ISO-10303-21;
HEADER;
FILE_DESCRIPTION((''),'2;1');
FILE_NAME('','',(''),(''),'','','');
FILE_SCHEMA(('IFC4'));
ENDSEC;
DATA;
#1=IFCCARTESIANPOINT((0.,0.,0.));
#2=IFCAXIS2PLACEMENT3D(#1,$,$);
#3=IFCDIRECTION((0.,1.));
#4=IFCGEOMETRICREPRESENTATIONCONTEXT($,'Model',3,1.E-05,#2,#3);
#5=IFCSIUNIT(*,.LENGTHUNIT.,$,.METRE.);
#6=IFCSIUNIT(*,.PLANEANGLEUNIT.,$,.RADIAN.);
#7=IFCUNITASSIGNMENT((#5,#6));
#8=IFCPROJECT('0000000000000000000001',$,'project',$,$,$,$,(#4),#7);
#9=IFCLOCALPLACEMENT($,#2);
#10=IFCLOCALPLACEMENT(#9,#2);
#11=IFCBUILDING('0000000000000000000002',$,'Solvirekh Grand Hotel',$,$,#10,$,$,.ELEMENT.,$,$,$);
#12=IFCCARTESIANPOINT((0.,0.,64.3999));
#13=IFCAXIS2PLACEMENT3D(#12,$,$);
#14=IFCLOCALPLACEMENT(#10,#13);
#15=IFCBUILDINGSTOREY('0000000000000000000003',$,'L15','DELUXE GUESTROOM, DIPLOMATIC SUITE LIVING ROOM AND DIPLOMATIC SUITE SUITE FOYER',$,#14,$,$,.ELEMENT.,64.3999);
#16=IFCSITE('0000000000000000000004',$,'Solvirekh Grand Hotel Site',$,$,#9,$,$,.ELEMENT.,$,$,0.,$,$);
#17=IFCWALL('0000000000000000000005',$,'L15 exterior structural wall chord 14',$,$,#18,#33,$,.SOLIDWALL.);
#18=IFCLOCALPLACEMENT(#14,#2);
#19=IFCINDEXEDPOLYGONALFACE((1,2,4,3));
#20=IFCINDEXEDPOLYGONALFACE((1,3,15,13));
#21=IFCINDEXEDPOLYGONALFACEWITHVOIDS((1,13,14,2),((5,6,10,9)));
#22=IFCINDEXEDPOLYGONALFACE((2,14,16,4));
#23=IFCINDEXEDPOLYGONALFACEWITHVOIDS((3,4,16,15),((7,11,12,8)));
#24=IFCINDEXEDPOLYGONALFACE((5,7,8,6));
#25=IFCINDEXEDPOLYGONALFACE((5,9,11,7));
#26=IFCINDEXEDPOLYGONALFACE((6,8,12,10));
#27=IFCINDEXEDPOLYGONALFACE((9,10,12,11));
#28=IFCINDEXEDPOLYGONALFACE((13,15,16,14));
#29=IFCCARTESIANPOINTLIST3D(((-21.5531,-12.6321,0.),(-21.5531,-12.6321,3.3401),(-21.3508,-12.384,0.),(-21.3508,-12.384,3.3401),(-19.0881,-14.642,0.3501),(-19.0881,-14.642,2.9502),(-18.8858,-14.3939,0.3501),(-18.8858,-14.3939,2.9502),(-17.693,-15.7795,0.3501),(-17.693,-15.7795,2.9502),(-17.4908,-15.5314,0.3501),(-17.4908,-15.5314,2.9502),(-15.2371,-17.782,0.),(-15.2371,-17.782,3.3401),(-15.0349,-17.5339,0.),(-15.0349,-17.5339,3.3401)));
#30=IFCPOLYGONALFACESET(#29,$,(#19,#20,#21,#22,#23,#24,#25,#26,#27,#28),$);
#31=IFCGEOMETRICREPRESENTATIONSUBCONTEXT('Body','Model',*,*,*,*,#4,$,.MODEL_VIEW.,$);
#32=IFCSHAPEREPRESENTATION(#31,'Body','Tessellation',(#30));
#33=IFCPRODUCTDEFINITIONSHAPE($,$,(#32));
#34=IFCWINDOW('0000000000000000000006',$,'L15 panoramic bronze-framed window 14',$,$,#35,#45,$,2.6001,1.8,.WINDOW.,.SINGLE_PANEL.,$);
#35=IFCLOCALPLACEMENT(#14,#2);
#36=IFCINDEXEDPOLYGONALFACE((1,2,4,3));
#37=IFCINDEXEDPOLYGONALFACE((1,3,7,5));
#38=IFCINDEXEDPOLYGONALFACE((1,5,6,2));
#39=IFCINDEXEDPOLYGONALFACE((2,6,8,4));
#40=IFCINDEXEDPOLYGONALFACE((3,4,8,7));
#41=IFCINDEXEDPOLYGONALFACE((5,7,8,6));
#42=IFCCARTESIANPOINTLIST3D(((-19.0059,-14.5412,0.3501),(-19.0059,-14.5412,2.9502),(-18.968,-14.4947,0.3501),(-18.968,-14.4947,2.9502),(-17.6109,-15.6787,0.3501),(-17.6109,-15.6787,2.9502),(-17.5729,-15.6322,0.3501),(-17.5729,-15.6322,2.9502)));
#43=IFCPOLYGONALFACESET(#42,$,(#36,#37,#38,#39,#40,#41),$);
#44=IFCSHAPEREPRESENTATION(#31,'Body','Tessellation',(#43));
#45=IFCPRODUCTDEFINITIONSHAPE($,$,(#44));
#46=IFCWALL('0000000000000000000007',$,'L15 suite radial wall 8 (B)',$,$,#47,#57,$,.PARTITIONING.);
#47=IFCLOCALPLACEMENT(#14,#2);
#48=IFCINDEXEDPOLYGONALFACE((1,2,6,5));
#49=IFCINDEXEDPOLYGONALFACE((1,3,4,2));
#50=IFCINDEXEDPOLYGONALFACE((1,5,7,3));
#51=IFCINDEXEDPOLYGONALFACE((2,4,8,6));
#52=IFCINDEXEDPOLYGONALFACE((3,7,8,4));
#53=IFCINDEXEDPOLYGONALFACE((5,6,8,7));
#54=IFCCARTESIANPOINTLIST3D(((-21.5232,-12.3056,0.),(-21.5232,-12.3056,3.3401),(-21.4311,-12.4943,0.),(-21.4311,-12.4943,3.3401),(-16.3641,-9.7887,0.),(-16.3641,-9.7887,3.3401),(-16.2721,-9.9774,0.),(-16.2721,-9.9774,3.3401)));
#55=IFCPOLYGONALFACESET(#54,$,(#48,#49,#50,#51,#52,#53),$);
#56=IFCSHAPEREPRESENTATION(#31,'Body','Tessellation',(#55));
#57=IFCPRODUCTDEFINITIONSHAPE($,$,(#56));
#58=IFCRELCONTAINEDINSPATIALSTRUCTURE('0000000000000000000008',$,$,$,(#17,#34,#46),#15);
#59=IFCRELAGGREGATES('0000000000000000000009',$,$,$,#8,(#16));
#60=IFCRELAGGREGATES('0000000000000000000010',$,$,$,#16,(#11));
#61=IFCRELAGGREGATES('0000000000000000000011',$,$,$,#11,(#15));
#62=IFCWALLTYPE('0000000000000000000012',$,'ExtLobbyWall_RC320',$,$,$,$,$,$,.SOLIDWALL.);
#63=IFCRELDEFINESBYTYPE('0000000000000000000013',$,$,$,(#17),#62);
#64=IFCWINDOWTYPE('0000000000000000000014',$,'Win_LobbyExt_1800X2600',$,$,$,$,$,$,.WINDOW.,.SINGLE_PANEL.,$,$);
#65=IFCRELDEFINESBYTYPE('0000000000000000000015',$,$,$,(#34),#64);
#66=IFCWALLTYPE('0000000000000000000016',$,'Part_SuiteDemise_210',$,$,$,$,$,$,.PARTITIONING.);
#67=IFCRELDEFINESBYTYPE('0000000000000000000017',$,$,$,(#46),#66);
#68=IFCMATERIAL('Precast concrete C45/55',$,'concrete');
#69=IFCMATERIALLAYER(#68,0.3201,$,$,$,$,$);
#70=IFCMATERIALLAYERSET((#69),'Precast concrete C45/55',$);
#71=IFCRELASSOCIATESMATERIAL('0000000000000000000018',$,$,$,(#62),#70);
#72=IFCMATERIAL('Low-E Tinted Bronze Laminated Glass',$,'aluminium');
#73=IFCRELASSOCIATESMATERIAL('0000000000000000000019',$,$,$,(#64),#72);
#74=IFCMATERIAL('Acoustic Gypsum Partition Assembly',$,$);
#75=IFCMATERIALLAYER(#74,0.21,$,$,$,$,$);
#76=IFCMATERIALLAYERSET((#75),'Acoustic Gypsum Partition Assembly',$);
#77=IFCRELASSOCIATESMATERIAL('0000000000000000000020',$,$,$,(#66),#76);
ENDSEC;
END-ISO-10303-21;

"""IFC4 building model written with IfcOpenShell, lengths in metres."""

from ifc_helpers import new_model, si_unit, direction, frame, frame_2d, origin, place, context, subcontext, project, spatial, rectangle, extrude, material, layer, layer_set, type_object, element, fill, save


model = new_model("IFC4")

# Units and contexts
model_context = context("Model", 3, precision=1e-05, world=origin(), true_north=direction((0.0, 1.0)))
body_context = subcontext(model_context, "Body", "Model", "MODEL_VIEW")
ifc_project = project(units=[si_unit("LENGTHUNIT", "METRE"), si_unit("PLANEANGLEUNIT", "RADIAN")], contexts=[model_context])

# Site, building, storey
site_placement = place(None, origin())
site = spatial("IfcSite", under=ifc_project, at=site_placement, Name="Solvirekh Grand Hotel Site", CompositionType="ELEMENT", RefElevation=0.0)
building_placement = place(site_placement, origin())
building = spatial("IfcBuilding", under=site, at=building_placement, Name="Solvirekh Grand Hotel", CompositionType="ELEMENT")
storey_placement = place(building_placement, frame((0.0, 0.0, 64.3999)))
storey = spatial("IfcBuildingStorey", under=building, at=storey_placement, Name="L15", Description="DELUXE GUESTROOM, DIPLOMATIC SUITE LIVING ROOM AND DIPLOMATIC SUITE SUITE FOYER", CompositionType="ELEMENT", Elevation=64.3999)

# Shared definitions
ifc_material_1 = material(Name="Low-E Tinted Bronze Laminated Glass", Category="aluminium")

# Wall, opening, window
ifc_material_2 = material(Name="Precast concrete C45/55", Category="concrete")
ifc_layer_1 = layer(ifc_material_2, 0.3201)
ifc_layer_set_1 = layer_set([ifc_layer_1], Name="Precast concrete C45/55")
wall_type_1 = type_object("IfcWallType", Name="ExtLobbyWall_RC320", PredefinedType="SOLIDWALL", material=ifc_layer_set_1)
window_type = type_object("IfcWindowType", Name="Win_LobbyExt_1800X2600", PartitioningType="SINGLE_PANEL", PredefinedType="WINDOW", material=ifc_material_1)
wall_1_placement = place(storey_placement, frame((-15.136, -17.658, 0.0), z_axis=(0.0, 0.0, 1.0), x_axis=(-0.775019, 0.631938, 0.0)))
wall_1 = element("IfcWall", 1, at=wall_1_placement, inside=storey, type_object=wall_type_1, Name="L15 exterior structural wall chord 14", PredefinedType="SOLIDWALL", context=body_context, shape_type="SweptSolid", body=[
    extrude(rectangle(XDim=8.1494, YDim=0.3201, at=frame_2d((4.0747, 0.0))), origin(), (0.0, 0.0, 1.0), 3.3401),
])
opening_1_placement = place(wall_1_placement, frame((3.1689, 0.0, 0.3501)))
opening_1 = element("IfcOpeningElement", 2, at=opening_1_placement, cuts=wall_1, PredefinedType="OPENING", context=body_context, shape_type="SweptSolid", body=[
    extrude(rectangle(XDim=1.8, YDim=2.6001, at=frame_2d((0.8999, 1.3))), frame((0.0, 0.1699, 0.0), z_axis=(0.0, -1.0, 0.0), x_axis=(1.0, 0.0, 0.0)), (0.0, 0.0, 1.0), 0.3401),
])
window_1_placement = place(opening_1_placement, origin())
window_1 = element("IfcWindow", 3, at=window_1_placement, inside=storey, type_object=window_type, Name="L15 panoramic bronze-framed window 14", OverallHeight=2.6001, OverallWidth=1.8, PartitioningType="SINGLE_PANEL", PredefinedType="WINDOW", context=body_context, shape_type="SweptSolid", body=[
    extrude(rectangle(XDim=1.8, YDim=2.6001, at=frame_2d((0.8999, 1.3))), frame((0.0, 0.03, 0.0), z_axis=(0.0, -1.0, 0.0), x_axis=(1.0, 0.0, 0.0)), (0.0, 0.0, 1.0), 0.0601),
])
fill(opening_1, window_1)

# Wall
ifc_material_3 = material(Name="Acoustic Gypsum Partition Assembly")
ifc_layer_2 = layer(ifc_material_3, 0.21)
ifc_layer_set_2 = layer_set([ifc_layer_2], Name="Acoustic Gypsum Partition Assembly")
wall_type_2 = type_object("IfcWallType", Name="Part_SuiteDemise_210", PredefinedType="PARTITIONING", material=ifc_layer_set_2)
wall_2_placement = place(storey_placement, frame((-16.3181, -9.8831, 0.0), z_axis=(0.0, 0.0, 1.0), x_axis=(-0.898748, -0.438465, 0.0)))
element("IfcWall", 4, at=wall_2_placement, inside=storey, type_object=wall_type_2, Name="L15 suite radial wall 8 (B)", PredefinedType="PARTITIONING", context=body_context, shape_type="SweptSolid", body=[
    extrude(rectangle(XDim=5.7402, YDim=0.21, at=frame_2d((2.8701, 0.0))), origin(), (0.0, 0.0, 1.0), 3.3401),
])

save(model, "model.ifc")
